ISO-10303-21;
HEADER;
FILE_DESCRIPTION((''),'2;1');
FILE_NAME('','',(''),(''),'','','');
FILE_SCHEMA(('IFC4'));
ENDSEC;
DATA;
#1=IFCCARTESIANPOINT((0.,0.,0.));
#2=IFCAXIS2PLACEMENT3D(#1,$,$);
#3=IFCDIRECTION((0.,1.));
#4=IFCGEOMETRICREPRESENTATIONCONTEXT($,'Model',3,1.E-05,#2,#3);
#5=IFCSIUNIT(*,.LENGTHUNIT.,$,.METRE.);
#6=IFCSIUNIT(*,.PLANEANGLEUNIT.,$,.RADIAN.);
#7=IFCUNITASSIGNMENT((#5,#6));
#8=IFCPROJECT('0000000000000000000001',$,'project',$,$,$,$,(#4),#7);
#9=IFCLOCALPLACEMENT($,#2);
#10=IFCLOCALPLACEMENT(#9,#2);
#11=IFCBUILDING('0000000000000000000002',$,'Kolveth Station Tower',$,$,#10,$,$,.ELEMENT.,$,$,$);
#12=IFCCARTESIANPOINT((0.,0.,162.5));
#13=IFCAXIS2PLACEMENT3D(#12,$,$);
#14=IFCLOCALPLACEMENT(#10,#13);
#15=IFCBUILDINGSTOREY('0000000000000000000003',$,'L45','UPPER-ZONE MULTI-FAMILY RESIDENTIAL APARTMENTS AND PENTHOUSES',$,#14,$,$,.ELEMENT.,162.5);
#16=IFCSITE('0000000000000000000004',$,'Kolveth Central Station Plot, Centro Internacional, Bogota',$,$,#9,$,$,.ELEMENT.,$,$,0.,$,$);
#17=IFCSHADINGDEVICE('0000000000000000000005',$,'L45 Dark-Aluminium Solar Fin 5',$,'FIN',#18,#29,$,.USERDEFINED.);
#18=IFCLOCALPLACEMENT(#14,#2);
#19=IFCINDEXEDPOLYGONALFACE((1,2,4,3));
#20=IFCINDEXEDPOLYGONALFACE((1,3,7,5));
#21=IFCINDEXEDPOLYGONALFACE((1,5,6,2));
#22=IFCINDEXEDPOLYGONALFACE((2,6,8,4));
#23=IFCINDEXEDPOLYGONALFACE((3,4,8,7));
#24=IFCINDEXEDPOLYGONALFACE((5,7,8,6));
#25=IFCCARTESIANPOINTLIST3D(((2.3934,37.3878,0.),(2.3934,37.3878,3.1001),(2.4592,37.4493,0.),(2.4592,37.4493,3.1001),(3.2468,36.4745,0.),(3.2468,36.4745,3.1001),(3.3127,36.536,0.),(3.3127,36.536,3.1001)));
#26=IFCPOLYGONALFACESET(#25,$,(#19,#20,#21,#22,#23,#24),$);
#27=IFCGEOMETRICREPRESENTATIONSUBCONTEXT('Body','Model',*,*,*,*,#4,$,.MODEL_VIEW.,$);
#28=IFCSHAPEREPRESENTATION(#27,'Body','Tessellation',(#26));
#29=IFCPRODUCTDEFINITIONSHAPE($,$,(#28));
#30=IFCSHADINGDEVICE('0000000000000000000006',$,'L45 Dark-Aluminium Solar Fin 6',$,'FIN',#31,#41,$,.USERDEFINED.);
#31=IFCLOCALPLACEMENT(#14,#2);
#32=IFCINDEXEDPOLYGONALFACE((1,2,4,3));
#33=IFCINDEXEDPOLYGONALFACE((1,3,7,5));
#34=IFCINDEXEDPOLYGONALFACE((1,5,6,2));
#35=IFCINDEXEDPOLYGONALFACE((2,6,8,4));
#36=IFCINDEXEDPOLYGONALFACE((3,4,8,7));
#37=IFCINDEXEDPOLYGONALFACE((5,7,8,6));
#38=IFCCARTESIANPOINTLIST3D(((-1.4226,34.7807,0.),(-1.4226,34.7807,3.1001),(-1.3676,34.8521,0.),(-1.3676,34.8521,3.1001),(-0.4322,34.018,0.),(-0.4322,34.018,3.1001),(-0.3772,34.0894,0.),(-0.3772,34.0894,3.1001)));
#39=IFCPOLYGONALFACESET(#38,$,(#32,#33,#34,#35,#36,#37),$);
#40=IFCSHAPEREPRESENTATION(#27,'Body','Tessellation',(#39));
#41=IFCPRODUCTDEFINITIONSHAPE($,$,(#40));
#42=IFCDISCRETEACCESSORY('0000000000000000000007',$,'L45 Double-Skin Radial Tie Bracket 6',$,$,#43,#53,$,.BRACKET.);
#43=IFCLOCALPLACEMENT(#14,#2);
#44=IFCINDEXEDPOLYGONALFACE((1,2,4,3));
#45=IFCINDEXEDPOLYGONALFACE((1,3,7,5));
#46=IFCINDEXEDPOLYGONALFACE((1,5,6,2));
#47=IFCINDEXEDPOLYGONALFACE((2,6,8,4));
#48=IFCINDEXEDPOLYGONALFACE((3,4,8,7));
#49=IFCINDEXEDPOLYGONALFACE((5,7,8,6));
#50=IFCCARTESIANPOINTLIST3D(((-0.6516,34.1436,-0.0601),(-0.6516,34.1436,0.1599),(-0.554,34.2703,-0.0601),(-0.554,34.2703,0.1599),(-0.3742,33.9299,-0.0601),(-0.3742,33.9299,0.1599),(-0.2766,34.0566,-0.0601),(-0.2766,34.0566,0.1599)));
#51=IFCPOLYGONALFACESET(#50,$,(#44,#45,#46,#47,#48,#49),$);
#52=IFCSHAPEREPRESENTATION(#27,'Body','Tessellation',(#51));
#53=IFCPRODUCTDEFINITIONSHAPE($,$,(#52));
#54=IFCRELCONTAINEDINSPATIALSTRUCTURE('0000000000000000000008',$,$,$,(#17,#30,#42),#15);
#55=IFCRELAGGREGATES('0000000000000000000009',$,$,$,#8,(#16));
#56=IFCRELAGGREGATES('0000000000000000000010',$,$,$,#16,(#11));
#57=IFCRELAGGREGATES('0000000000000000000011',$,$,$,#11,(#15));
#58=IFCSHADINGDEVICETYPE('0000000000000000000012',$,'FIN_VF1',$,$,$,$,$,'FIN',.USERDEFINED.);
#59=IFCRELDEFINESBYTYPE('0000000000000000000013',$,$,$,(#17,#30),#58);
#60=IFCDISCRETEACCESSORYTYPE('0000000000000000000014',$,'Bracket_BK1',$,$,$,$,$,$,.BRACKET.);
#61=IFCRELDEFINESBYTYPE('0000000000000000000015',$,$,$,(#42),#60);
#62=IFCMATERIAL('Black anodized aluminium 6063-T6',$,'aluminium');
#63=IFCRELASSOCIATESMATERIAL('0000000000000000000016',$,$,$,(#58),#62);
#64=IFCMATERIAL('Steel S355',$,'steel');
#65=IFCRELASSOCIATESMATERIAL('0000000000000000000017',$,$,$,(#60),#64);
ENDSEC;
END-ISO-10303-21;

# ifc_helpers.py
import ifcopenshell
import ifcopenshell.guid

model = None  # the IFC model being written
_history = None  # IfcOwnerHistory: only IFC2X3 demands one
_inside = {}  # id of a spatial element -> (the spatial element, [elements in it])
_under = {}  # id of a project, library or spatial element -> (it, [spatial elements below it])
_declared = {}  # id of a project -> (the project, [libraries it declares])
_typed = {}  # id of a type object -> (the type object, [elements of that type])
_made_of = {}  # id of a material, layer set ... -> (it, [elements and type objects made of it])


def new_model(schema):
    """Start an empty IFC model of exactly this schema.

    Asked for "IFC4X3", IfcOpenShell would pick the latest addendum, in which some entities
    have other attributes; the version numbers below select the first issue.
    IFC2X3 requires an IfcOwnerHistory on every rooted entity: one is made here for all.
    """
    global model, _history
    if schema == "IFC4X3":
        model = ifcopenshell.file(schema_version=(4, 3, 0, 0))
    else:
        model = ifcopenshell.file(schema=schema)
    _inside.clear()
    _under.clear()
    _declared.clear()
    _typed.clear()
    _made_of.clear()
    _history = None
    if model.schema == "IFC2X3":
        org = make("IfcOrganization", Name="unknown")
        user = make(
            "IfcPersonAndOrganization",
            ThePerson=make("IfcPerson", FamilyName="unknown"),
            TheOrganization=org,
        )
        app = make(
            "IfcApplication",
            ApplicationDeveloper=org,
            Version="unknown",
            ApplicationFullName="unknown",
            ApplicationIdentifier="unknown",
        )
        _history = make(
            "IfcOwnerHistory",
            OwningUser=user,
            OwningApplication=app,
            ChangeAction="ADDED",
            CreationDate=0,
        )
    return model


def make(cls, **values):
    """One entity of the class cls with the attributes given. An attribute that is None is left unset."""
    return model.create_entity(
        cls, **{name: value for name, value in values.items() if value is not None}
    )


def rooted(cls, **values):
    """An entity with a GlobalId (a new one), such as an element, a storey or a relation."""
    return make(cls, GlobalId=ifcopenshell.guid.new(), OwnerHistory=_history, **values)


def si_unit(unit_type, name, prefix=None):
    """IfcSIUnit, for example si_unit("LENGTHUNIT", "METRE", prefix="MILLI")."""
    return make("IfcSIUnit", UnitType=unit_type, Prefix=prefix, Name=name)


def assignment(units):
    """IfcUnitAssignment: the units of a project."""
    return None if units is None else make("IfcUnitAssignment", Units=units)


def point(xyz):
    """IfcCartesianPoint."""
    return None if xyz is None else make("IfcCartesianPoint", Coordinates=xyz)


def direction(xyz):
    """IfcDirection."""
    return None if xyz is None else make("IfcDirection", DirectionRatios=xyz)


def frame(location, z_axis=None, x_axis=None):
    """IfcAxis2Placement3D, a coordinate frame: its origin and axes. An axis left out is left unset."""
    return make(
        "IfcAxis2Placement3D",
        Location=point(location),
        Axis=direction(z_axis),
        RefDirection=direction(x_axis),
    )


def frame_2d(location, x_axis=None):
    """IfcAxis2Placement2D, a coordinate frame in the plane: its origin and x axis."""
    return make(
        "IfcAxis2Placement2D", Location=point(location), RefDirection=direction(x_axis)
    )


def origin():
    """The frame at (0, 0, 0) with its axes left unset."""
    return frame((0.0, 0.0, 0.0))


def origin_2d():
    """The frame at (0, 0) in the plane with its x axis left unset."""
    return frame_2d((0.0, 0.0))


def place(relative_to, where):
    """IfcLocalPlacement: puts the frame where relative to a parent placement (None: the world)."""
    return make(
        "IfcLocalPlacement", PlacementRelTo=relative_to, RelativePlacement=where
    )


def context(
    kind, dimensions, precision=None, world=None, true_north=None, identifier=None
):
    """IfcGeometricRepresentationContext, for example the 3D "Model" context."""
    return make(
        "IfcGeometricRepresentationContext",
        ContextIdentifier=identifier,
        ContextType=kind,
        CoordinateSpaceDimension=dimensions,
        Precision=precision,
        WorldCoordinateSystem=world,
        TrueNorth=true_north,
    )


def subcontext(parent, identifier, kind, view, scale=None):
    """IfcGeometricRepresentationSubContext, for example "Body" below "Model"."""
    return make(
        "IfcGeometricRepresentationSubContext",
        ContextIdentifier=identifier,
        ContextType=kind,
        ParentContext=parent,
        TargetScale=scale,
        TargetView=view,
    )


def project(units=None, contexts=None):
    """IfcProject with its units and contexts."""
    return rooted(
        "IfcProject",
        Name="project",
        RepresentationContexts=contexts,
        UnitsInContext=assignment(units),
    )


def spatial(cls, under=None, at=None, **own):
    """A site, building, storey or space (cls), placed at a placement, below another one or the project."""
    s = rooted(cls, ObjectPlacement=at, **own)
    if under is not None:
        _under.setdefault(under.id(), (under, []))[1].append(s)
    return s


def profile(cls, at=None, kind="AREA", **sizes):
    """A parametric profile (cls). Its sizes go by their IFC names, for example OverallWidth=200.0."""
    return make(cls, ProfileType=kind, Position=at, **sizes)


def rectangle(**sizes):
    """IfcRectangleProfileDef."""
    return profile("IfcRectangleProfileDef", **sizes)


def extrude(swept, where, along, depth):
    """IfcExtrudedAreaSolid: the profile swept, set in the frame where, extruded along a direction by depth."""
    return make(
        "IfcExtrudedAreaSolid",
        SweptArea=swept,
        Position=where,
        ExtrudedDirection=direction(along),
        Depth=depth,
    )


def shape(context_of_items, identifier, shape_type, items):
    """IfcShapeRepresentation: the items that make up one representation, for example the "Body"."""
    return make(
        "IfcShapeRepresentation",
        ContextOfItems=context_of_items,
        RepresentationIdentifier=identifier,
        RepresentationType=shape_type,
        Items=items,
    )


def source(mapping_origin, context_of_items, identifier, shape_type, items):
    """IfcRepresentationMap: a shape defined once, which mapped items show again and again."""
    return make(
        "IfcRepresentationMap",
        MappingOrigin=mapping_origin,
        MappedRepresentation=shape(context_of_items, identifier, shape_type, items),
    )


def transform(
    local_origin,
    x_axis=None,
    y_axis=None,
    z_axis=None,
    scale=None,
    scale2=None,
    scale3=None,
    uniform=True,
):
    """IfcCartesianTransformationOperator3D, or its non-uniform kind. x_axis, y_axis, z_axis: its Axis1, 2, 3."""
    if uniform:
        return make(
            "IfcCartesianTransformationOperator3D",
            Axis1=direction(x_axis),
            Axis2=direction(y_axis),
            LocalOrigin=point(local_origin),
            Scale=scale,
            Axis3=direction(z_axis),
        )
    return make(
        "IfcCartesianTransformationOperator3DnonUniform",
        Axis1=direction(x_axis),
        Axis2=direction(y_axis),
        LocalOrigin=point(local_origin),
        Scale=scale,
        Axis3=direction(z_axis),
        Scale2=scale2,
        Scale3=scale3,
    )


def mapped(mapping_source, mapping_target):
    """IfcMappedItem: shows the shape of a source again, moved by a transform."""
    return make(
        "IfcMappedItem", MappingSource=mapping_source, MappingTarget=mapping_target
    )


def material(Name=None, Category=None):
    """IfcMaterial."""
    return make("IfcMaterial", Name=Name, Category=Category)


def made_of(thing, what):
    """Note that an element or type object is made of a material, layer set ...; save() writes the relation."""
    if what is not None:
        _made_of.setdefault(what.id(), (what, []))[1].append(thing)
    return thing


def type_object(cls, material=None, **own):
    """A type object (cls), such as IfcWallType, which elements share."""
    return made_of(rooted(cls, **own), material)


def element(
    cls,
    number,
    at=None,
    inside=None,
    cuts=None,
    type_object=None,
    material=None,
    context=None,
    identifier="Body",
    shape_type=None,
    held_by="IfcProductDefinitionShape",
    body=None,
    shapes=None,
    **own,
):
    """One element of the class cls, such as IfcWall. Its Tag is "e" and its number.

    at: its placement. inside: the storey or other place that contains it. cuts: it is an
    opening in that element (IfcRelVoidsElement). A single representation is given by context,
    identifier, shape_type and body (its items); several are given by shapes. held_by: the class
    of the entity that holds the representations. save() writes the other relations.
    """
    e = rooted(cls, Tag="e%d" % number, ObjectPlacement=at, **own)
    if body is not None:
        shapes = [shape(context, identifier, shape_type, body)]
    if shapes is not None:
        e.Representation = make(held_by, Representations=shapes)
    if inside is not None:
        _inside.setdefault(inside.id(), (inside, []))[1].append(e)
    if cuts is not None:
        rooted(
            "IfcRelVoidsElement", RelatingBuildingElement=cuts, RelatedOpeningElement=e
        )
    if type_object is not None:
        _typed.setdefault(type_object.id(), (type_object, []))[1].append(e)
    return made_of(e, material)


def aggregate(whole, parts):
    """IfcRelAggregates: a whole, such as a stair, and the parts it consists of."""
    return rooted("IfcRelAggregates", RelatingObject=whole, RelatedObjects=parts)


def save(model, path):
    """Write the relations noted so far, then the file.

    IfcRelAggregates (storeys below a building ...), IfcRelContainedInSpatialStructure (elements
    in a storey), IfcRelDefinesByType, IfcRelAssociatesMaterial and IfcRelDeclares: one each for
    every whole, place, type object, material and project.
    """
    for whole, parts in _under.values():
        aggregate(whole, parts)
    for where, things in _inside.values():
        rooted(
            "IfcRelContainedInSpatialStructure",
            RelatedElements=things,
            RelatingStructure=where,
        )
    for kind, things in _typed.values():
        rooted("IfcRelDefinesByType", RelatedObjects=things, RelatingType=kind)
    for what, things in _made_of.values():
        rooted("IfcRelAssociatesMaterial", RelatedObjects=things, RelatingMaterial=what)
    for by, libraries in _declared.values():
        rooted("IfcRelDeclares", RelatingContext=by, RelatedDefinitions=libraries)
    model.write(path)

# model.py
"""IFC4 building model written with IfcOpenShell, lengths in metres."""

from ifc_helpers import new_model, si_unit, direction, frame, origin, origin_2d, place, context, subcontext, project, spatial, rectangle, extrude, source, transform, mapped, material, type_object, element, save


model = new_model("IFC4")

# Units and contexts
model_context = context("Model", 3, precision=1e-05, world=origin(), true_north=direction((0.0, 1.0)))
body_context = subcontext(model_context, "Body", "Model", "MODEL_VIEW")
ifc_project = project(units=[si_unit("LENGTHUNIT", "METRE"), si_unit("PLANEANGLEUNIT", "RADIAN")], contexts=[model_context])

# Site, building, storey
site_placement = place(None, origin())
site = spatial("IfcSite", under=ifc_project, at=site_placement, Name="Kolveth Central Station Plot, Centro Internacional, Bogota", CompositionType="ELEMENT", RefElevation=0.0)
building_placement = place(site_placement, origin())
building = spatial("IfcBuilding", under=site, at=building_placement, Name="Kolveth Station Tower", CompositionType="ELEMENT")
storey_placement = place(building_placement, frame((0.0, 0.0, 162.5)))
storey = spatial("IfcBuildingStorey", under=building, at=storey_placement, Name="L45", Description="UPPER-ZONE MULTI-FAMILY RESIDENTIAL APARTMENTS AND PENTHOUSES", CompositionType="ELEMENT", Elevation=162.5)

# Shared definitions
ifc_material_1 = material(Name="Black anodized aluminium 6063-T6", Category="aluminium")

# Shading devices
shading_device_type = type_object("IfcShadingDeviceType", Name="FIN_VF1", ElementType="FIN", PredefinedType="USERDEFINED", material=ifc_material_1)
shared_shape_1 = source(origin(), body_context, "Body", "SweptSolid", [
    extrude(rectangle(XDim=1.25, YDim=0.0901, at=origin_2d()), origin(), (0.0, 0.0, 1.0), 3.1001),
])
for number, where, z_axis, x_axis, name in (
    (1, (2.853, 36.9619, 0.0), (0.0, 0.0, 1.0), (-0.682764, 0.730639, 0.0), "L45 Dark-Aluminium Solar Fin 5"),
    (2, (-0.8999, 34.4351, 0.0), (0.0, 0.0, 1.0), (-0.79229, 0.610145, 0.0), "L45 Dark-Aluminium Solar Fin 6"),
):
    element("IfcShadingDevice", number, at=place(storey_placement, frame(where, z_axis=z_axis, x_axis=x_axis)), inside=storey, type_object=shading_device_type, Name=name, ObjectType="FIN", PredefinedType="USERDEFINED", context=body_context, shape_type="MappedRepresentation", body=[
        mapped(shared_shape_1, transform((0.0, 0.0, 0.0), x_axis=(1.0, 0.0, 0.0), y_axis=(0.0, 1.0, 0.0), z_axis=(0.0, 0.0, 1.0), scale=1.0)),
    ])

# Discrete accessory
ifc_material_2 = material(Name="Steel S355", Category="steel")
discrete_accessory_type = type_object("IfcDiscreteAccessoryType", Name="Bracket_BK1", PredefinedType="BRACKET", material=ifc_material_2)
shared_shape_2 = source(origin(), body_context, "Body", "SweptSolid", [
    extrude(rectangle(XDim=0.3501, YDim=0.1599, at=origin_2d()), origin(), (0.0, 0.0, 1.0), 0.22),
])
discrete_accessory_placement = place(storey_placement, frame((-0.4641, 34.1001, -0.0601), z_axis=(0.0, 0.0, 1.0), x_axis=(-0.79229, 0.610145, 0.0)))
element("IfcDiscreteAccessory", 3, at=discrete_accessory_placement, inside=storey, type_object=discrete_accessory_type, Name="L45 Double-Skin Radial Tie Bracket 6", PredefinedType="BRACKET", context=body_context, shape_type="MappedRepresentation", body=[
    mapped(shared_shape_2, transform((0.0, 0.0, 0.0), x_axis=(1.0, 0.0, 0.0), y_axis=(0.0, 1.0, 0.0), z_axis=(0.0, 0.0, 1.0), scale=1.0)),
])

save(model, "model.ifc")
